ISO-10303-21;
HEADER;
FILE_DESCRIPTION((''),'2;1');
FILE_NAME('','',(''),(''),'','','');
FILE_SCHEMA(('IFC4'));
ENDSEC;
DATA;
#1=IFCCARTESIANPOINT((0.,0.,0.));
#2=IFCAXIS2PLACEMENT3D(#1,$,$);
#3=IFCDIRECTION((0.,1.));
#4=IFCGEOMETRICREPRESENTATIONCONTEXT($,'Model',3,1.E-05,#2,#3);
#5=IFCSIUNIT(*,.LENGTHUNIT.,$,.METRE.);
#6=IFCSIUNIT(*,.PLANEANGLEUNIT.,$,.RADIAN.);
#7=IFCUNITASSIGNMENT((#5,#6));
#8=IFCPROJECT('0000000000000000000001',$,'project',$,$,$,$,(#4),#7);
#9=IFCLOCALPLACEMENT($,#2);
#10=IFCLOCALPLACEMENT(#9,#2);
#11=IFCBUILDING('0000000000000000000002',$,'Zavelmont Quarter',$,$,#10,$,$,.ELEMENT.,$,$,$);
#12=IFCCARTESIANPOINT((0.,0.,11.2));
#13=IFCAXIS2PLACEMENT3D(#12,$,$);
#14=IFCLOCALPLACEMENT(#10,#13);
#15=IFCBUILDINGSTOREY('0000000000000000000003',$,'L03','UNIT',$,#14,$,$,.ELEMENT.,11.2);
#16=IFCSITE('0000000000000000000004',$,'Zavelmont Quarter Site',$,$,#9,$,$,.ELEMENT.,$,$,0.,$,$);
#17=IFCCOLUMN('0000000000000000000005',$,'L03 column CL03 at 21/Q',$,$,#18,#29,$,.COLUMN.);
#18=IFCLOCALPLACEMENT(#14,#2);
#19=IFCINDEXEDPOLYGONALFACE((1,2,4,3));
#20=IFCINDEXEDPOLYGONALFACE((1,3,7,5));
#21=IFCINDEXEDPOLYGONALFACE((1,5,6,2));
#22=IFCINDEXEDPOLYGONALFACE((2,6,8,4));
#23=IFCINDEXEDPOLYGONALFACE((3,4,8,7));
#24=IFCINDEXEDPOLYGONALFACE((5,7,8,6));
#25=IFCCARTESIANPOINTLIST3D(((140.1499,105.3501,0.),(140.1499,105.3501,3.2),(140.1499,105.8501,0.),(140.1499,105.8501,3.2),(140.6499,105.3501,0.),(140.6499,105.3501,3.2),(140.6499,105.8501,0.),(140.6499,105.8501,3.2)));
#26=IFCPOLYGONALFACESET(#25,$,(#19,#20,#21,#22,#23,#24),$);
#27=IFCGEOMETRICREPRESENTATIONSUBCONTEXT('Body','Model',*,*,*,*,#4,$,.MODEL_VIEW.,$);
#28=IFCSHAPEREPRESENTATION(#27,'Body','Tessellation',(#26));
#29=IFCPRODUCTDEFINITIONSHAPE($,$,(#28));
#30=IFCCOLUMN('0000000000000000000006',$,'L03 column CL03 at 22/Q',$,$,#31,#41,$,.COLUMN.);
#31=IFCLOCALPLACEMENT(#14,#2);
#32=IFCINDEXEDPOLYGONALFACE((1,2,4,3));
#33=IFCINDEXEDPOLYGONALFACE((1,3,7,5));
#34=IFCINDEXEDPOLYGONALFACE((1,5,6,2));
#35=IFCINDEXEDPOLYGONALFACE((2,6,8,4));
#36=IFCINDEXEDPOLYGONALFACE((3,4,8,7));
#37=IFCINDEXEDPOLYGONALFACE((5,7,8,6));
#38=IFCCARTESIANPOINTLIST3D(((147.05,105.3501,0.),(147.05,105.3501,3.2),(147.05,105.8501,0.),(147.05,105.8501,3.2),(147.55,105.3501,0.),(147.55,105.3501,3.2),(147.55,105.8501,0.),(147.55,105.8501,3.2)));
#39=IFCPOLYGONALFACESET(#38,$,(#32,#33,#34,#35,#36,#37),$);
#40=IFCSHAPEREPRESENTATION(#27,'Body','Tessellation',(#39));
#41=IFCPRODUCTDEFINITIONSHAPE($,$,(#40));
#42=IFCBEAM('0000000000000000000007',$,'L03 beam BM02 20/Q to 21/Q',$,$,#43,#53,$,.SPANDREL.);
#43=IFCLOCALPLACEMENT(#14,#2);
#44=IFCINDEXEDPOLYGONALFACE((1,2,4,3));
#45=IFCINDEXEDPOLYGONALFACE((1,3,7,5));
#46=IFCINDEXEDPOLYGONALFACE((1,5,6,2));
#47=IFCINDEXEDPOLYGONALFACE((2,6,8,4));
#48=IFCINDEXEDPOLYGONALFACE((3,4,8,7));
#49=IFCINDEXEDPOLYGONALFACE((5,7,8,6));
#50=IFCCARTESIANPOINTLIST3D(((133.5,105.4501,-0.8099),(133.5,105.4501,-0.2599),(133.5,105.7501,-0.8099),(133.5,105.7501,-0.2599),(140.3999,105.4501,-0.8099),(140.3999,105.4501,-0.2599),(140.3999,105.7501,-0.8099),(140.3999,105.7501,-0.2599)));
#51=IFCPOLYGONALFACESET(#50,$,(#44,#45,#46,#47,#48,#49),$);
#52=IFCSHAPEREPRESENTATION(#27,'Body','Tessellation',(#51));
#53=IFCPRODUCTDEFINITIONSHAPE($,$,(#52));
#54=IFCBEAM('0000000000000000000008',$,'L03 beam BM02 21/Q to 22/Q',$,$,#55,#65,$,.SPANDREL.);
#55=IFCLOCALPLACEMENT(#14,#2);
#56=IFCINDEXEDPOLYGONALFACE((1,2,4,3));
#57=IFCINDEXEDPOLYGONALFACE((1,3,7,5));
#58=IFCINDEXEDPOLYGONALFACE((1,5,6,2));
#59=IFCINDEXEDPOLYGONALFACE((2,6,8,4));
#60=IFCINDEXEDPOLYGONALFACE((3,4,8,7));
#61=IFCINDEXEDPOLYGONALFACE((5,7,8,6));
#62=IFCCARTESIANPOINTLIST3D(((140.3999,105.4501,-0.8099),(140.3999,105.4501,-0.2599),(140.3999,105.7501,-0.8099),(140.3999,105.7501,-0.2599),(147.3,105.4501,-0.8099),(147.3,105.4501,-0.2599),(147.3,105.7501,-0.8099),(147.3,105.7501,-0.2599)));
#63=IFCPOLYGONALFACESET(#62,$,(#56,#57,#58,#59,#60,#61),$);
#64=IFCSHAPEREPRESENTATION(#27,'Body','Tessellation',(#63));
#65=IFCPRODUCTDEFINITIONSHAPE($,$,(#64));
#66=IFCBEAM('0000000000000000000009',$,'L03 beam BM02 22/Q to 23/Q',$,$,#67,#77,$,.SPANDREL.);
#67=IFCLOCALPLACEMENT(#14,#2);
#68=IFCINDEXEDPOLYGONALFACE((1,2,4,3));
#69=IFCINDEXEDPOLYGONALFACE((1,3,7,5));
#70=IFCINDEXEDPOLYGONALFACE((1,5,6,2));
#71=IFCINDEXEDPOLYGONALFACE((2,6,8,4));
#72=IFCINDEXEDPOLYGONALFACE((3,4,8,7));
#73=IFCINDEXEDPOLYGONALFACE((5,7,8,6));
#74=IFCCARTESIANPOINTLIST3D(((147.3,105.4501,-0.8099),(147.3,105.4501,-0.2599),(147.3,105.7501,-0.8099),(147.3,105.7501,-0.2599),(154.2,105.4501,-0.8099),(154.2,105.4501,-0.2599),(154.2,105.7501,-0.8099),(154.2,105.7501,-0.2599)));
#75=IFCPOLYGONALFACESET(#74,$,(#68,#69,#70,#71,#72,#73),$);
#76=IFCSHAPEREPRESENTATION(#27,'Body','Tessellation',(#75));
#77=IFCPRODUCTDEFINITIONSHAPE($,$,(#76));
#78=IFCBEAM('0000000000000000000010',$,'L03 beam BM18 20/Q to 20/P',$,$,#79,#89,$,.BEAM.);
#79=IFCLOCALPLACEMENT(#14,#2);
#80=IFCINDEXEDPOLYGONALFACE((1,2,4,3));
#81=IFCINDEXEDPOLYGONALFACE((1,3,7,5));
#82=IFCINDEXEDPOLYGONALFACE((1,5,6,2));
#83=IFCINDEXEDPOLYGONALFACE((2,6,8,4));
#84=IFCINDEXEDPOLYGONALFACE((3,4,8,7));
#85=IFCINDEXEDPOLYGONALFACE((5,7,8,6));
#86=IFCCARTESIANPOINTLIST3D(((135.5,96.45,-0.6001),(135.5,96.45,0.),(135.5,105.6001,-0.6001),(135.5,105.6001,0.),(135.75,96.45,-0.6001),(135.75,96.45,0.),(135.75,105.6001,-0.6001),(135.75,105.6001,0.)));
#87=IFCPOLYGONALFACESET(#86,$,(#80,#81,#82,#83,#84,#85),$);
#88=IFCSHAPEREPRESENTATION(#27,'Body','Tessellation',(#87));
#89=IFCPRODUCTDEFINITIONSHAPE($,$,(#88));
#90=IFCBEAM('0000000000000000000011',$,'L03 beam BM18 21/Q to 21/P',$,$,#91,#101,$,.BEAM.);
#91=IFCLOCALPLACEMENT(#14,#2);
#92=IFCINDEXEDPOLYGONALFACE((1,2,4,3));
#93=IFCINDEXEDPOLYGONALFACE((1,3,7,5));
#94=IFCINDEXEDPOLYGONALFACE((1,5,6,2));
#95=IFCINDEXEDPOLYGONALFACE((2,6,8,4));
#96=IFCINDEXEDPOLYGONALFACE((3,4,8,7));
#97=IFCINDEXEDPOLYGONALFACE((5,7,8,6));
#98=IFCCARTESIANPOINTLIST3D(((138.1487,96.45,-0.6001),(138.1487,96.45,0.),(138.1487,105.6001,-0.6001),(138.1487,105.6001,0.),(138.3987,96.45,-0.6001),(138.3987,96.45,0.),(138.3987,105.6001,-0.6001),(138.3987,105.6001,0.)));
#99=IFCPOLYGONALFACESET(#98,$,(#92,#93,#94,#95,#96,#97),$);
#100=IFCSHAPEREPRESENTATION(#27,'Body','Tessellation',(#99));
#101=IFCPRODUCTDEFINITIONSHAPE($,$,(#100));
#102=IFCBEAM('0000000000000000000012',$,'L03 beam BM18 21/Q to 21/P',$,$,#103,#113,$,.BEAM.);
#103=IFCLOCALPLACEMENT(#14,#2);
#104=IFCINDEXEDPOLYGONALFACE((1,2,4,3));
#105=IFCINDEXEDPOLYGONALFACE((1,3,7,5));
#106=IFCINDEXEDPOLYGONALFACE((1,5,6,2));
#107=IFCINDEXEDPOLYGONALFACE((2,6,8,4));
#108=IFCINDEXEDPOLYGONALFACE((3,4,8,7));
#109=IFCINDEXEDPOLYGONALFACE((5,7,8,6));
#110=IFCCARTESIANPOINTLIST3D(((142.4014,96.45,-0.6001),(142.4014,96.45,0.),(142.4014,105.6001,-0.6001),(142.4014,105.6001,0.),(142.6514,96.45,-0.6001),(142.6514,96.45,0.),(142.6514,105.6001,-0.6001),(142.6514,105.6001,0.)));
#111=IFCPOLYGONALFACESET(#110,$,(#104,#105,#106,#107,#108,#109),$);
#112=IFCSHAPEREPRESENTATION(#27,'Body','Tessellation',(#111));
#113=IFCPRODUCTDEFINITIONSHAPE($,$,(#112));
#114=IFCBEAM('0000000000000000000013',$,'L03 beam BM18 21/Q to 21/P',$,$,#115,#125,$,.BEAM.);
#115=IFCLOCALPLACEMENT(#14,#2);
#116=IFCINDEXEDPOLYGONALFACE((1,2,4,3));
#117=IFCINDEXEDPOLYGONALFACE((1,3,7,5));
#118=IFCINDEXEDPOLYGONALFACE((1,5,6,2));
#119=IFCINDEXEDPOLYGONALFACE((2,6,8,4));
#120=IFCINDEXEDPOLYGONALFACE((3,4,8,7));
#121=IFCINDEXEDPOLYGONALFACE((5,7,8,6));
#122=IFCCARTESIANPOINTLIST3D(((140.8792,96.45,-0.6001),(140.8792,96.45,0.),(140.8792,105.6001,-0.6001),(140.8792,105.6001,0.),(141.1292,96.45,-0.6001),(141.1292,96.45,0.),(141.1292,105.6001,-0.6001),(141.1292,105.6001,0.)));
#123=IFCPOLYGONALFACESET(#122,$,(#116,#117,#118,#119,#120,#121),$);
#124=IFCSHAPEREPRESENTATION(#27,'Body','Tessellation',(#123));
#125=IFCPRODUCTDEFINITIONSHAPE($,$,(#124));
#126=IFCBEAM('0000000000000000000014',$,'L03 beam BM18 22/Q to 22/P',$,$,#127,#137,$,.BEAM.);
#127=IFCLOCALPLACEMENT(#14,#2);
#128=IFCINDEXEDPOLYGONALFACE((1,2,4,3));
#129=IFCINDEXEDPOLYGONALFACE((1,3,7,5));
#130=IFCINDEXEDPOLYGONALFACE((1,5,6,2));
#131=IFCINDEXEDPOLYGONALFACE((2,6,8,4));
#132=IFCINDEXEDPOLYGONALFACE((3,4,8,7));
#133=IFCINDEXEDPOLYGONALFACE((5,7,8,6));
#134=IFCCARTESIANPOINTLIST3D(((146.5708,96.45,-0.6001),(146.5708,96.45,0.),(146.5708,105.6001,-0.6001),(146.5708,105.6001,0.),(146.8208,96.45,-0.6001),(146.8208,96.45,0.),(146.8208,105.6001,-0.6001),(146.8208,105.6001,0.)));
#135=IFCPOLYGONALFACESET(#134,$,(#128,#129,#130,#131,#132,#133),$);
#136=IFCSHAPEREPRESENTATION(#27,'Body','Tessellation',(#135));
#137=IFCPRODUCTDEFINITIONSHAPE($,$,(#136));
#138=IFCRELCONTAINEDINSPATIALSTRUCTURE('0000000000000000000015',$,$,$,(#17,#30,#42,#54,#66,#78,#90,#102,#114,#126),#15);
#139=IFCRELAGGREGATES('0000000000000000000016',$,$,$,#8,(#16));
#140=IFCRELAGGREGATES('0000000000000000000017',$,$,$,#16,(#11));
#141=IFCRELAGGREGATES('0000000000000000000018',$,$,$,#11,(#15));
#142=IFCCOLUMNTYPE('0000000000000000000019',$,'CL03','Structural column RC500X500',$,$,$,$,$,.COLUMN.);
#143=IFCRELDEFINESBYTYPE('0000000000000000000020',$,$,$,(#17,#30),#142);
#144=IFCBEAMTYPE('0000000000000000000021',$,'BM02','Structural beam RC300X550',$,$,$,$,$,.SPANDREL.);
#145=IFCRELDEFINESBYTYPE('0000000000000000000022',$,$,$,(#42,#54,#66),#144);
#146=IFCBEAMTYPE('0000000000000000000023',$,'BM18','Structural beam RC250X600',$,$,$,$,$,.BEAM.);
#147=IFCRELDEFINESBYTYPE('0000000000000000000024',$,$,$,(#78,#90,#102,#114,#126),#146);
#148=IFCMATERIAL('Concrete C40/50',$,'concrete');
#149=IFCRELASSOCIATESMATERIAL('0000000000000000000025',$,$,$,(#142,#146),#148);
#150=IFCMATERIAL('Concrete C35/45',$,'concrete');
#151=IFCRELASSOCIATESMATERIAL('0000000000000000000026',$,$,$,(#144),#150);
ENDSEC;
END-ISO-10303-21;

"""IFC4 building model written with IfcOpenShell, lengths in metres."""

from ifc_helpers import new_model, si_unit, direction, frame, origin, origin_2d, place, context, subcontext, project, spatial, rectangle, extrude, material, material_profile, profile_set, type_object, element, save


model = new_model("IFC4")

# Units and contexts
model_context = context("Model", 3, precision=1e-05, world=origin(), true_north=direction((0.0, 1.0)))
body_context = subcontext(model_context, "Body", "Model", "MODEL_VIEW")
ifc_project = project(units=[si_unit("LENGTHUNIT", "METRE"), si_unit("PLANEANGLEUNIT", "RADIAN")], contexts=[model_context])

# Site, building, storey
site_placement = place(None, origin())
site = spatial("IfcSite", under=ifc_project, at=site_placement, Name="Zavelmont Quarter Site", CompositionType="ELEMENT", RefElevation=0.0)
building_placement = place(site_placement, origin())
building = spatial("IfcBuilding", under=site, at=building_placement, Name="Zavelmont Quarter", CompositionType="ELEMENT")
storey_placement = place(building_placement, frame((0.0, 0.0, 11.2)))
storey = spatial("IfcBuildingStorey", under=building, at=storey_placement, Name="L03", Description="UNIT", CompositionType="ELEMENT", Elevation=11.2)

# Columns
ifc_material_1 = material(Name="Concrete C40/50", Category="concrete")
ifc_material_profile_1 = material_profile(ifc_material_1, rectangle(XDim=0.5, YDim=0.5, at=origin_2d()), Name="RC500X500")
ifc_profile_set_1 = profile_set([ifc_material_profile_1], Name="Concrete C40/50")
column_type = type_object("IfcColumnType", Name="CL03", Description="Structural column RC500X500", PredefinedType="COLUMN", material=ifc_profile_set_1)
for number, where, z_axis, x_axis, name in (
    (1, (140.3999, 105.6001, 0.0), (0.0, 0.0, 1.0), (1.0, 0.0, 0.0), "L03 column CL03 at 21/Q"),
    (2, (147.3, 105.6001, 0.0), (0.0, 0.0, 1.0), (1.0, 0.0, 0.0), "L03 column CL03 at 22/Q"),
):
    element("IfcColumn", number, at=place(storey_placement, frame(where, z_axis=z_axis, x_axis=x_axis)), inside=storey, type_object=column_type, Name=name, PredefinedType="COLUMN", context=body_context, shape_type="SweptSolid", body=[
        extrude(rectangle(XDim=0.5, YDim=0.5, at=origin_2d()), origin(), (0.0, 0.0, 1.0), 3.2),
    ])

# Beams
ifc_material_2 = material(Name="Concrete C35/45", Category="concrete")
ifc_material_profile_2 = material_profile(ifc_material_2, rectangle(XDim=0.3, YDim=0.55, at=origin_2d()), Name="RC300X550")
ifc_profile_set_2 = profile_set([ifc_material_profile_2], Name="Concrete C35/45")
beam_type_1 = type_object("IfcBeamType", Name="BM02", Description="Structural beam RC300X550", PredefinedType="SPANDREL", material=ifc_profile_set_2)
beam_1_placement = place(storey_placement, frame((133.5, 105.6001, -0.5349), z_axis=(1.0, 0.0, 0.0), x_axis=(0.0, 1.0, 0.0)))
element("IfcBeam", 3, at=beam_1_placement, inside=storey, type_object=beam_type_1, Name="L03 beam BM02 20/Q to 21/Q", PredefinedType="SPANDREL", context=body_context, shape_type="SweptSolid", body=[
    extrude(rectangle(XDim=0.3, YDim=0.55, at=origin_2d()), origin(), (0.0, 0.0, 1.0), 6.8999),
])
beam_2_placement = place(storey_placement, frame((140.3999, 105.6001, -0.5349), z_axis=(1.0, 0.0, 0.0), x_axis=(0.0, 1.0, 0.0)))
element("IfcBeam", 4, at=beam_2_placement, inside=storey, type_object=beam_type_1, Name="L03 beam BM02 21/Q to 22/Q", PredefinedType="SPANDREL", context=body_context, shape_type="SweptSolid", body=[
    extrude(rectangle(XDim=0.3, YDim=0.55, at=origin_2d()), origin(), (0.0, 0.0, 1.0), 6.9001),
])
beam_3_placement = place(storey_placement, frame((147.3, 105.6001, -0.5349), z_axis=(1.0, 0.0, 0.0), x_axis=(0.0, 1.0, 0.0)))
element("IfcBeam", 5, at=beam_3_placement, inside=storey, type_object=beam_type_1, Name="L03 beam BM02 22/Q to 23/Q", PredefinedType="SPANDREL", context=body_context, shape_type="SweptSolid", body=[
    extrude(rectangle(XDim=0.3, YDim=0.55, at=origin_2d()), origin(), (0.0, 0.0, 1.0), 6.8999),
])
ifc_material_profile_3 = material_profile(ifc_material_1, rectangle(XDim=0.25, YDim=0.6001, at=origin_2d()), Name="RC250X600")
ifc_profile_set_3 = profile_set([ifc_material_profile_3], Name="Concrete C40/50")
beam_type_2 = type_object("IfcBeamType", Name="BM18", Description="Structural beam RC250X600", PredefinedType="BEAM", material=ifc_profile_set_3)
for number, where, z_axis, x_axis, name in (
    (6, (135.625, 105.6001, -0.3), (0.0, -1.0, 0.0), (1.0, 0.0, 0.0), "L03 beam BM18 20/Q to 20/P"),
    (7, (138.2737, 105.6001, -0.3), (0.0, -1.0, 0.0), (1.0, 0.0, 0.0), "L03 beam BM18 21/Q to 21/P"),
    (8, (142.5264, 105.6001, -0.3), (0.0, -1.0, 0.0), (1.0, 0.0, 0.0), "L03 beam BM18 21/Q to 21/P"),
    (9, (141.0042, 105.6001, -0.3), (0.0, -1.0, 0.0), (1.0, 0.0, 0.0), "L03 beam BM18 21/Q to 21/P"),
    (10, (146.6958, 105.6001, -0.3), (0.0, -1.0, 0.0), (1.0, 0.0, 0.0), "L03 beam BM18 22/Q to 22/P"),
):
    element("IfcBeam", number, at=place(storey_placement, frame(where, z_axis=z_axis, x_axis=x_axis)), inside=storey, type_object=beam_type_2, Name=name, PredefinedType="BEAM", context=body_context, shape_type="SweptSolid", body=[
        extrude(rectangle(XDim=0.25, YDim=0.6001, at=origin_2d()), origin(), (0.0, 0.0, 1.0), 9.1501),
    ])

save(model, "model.ifc")
